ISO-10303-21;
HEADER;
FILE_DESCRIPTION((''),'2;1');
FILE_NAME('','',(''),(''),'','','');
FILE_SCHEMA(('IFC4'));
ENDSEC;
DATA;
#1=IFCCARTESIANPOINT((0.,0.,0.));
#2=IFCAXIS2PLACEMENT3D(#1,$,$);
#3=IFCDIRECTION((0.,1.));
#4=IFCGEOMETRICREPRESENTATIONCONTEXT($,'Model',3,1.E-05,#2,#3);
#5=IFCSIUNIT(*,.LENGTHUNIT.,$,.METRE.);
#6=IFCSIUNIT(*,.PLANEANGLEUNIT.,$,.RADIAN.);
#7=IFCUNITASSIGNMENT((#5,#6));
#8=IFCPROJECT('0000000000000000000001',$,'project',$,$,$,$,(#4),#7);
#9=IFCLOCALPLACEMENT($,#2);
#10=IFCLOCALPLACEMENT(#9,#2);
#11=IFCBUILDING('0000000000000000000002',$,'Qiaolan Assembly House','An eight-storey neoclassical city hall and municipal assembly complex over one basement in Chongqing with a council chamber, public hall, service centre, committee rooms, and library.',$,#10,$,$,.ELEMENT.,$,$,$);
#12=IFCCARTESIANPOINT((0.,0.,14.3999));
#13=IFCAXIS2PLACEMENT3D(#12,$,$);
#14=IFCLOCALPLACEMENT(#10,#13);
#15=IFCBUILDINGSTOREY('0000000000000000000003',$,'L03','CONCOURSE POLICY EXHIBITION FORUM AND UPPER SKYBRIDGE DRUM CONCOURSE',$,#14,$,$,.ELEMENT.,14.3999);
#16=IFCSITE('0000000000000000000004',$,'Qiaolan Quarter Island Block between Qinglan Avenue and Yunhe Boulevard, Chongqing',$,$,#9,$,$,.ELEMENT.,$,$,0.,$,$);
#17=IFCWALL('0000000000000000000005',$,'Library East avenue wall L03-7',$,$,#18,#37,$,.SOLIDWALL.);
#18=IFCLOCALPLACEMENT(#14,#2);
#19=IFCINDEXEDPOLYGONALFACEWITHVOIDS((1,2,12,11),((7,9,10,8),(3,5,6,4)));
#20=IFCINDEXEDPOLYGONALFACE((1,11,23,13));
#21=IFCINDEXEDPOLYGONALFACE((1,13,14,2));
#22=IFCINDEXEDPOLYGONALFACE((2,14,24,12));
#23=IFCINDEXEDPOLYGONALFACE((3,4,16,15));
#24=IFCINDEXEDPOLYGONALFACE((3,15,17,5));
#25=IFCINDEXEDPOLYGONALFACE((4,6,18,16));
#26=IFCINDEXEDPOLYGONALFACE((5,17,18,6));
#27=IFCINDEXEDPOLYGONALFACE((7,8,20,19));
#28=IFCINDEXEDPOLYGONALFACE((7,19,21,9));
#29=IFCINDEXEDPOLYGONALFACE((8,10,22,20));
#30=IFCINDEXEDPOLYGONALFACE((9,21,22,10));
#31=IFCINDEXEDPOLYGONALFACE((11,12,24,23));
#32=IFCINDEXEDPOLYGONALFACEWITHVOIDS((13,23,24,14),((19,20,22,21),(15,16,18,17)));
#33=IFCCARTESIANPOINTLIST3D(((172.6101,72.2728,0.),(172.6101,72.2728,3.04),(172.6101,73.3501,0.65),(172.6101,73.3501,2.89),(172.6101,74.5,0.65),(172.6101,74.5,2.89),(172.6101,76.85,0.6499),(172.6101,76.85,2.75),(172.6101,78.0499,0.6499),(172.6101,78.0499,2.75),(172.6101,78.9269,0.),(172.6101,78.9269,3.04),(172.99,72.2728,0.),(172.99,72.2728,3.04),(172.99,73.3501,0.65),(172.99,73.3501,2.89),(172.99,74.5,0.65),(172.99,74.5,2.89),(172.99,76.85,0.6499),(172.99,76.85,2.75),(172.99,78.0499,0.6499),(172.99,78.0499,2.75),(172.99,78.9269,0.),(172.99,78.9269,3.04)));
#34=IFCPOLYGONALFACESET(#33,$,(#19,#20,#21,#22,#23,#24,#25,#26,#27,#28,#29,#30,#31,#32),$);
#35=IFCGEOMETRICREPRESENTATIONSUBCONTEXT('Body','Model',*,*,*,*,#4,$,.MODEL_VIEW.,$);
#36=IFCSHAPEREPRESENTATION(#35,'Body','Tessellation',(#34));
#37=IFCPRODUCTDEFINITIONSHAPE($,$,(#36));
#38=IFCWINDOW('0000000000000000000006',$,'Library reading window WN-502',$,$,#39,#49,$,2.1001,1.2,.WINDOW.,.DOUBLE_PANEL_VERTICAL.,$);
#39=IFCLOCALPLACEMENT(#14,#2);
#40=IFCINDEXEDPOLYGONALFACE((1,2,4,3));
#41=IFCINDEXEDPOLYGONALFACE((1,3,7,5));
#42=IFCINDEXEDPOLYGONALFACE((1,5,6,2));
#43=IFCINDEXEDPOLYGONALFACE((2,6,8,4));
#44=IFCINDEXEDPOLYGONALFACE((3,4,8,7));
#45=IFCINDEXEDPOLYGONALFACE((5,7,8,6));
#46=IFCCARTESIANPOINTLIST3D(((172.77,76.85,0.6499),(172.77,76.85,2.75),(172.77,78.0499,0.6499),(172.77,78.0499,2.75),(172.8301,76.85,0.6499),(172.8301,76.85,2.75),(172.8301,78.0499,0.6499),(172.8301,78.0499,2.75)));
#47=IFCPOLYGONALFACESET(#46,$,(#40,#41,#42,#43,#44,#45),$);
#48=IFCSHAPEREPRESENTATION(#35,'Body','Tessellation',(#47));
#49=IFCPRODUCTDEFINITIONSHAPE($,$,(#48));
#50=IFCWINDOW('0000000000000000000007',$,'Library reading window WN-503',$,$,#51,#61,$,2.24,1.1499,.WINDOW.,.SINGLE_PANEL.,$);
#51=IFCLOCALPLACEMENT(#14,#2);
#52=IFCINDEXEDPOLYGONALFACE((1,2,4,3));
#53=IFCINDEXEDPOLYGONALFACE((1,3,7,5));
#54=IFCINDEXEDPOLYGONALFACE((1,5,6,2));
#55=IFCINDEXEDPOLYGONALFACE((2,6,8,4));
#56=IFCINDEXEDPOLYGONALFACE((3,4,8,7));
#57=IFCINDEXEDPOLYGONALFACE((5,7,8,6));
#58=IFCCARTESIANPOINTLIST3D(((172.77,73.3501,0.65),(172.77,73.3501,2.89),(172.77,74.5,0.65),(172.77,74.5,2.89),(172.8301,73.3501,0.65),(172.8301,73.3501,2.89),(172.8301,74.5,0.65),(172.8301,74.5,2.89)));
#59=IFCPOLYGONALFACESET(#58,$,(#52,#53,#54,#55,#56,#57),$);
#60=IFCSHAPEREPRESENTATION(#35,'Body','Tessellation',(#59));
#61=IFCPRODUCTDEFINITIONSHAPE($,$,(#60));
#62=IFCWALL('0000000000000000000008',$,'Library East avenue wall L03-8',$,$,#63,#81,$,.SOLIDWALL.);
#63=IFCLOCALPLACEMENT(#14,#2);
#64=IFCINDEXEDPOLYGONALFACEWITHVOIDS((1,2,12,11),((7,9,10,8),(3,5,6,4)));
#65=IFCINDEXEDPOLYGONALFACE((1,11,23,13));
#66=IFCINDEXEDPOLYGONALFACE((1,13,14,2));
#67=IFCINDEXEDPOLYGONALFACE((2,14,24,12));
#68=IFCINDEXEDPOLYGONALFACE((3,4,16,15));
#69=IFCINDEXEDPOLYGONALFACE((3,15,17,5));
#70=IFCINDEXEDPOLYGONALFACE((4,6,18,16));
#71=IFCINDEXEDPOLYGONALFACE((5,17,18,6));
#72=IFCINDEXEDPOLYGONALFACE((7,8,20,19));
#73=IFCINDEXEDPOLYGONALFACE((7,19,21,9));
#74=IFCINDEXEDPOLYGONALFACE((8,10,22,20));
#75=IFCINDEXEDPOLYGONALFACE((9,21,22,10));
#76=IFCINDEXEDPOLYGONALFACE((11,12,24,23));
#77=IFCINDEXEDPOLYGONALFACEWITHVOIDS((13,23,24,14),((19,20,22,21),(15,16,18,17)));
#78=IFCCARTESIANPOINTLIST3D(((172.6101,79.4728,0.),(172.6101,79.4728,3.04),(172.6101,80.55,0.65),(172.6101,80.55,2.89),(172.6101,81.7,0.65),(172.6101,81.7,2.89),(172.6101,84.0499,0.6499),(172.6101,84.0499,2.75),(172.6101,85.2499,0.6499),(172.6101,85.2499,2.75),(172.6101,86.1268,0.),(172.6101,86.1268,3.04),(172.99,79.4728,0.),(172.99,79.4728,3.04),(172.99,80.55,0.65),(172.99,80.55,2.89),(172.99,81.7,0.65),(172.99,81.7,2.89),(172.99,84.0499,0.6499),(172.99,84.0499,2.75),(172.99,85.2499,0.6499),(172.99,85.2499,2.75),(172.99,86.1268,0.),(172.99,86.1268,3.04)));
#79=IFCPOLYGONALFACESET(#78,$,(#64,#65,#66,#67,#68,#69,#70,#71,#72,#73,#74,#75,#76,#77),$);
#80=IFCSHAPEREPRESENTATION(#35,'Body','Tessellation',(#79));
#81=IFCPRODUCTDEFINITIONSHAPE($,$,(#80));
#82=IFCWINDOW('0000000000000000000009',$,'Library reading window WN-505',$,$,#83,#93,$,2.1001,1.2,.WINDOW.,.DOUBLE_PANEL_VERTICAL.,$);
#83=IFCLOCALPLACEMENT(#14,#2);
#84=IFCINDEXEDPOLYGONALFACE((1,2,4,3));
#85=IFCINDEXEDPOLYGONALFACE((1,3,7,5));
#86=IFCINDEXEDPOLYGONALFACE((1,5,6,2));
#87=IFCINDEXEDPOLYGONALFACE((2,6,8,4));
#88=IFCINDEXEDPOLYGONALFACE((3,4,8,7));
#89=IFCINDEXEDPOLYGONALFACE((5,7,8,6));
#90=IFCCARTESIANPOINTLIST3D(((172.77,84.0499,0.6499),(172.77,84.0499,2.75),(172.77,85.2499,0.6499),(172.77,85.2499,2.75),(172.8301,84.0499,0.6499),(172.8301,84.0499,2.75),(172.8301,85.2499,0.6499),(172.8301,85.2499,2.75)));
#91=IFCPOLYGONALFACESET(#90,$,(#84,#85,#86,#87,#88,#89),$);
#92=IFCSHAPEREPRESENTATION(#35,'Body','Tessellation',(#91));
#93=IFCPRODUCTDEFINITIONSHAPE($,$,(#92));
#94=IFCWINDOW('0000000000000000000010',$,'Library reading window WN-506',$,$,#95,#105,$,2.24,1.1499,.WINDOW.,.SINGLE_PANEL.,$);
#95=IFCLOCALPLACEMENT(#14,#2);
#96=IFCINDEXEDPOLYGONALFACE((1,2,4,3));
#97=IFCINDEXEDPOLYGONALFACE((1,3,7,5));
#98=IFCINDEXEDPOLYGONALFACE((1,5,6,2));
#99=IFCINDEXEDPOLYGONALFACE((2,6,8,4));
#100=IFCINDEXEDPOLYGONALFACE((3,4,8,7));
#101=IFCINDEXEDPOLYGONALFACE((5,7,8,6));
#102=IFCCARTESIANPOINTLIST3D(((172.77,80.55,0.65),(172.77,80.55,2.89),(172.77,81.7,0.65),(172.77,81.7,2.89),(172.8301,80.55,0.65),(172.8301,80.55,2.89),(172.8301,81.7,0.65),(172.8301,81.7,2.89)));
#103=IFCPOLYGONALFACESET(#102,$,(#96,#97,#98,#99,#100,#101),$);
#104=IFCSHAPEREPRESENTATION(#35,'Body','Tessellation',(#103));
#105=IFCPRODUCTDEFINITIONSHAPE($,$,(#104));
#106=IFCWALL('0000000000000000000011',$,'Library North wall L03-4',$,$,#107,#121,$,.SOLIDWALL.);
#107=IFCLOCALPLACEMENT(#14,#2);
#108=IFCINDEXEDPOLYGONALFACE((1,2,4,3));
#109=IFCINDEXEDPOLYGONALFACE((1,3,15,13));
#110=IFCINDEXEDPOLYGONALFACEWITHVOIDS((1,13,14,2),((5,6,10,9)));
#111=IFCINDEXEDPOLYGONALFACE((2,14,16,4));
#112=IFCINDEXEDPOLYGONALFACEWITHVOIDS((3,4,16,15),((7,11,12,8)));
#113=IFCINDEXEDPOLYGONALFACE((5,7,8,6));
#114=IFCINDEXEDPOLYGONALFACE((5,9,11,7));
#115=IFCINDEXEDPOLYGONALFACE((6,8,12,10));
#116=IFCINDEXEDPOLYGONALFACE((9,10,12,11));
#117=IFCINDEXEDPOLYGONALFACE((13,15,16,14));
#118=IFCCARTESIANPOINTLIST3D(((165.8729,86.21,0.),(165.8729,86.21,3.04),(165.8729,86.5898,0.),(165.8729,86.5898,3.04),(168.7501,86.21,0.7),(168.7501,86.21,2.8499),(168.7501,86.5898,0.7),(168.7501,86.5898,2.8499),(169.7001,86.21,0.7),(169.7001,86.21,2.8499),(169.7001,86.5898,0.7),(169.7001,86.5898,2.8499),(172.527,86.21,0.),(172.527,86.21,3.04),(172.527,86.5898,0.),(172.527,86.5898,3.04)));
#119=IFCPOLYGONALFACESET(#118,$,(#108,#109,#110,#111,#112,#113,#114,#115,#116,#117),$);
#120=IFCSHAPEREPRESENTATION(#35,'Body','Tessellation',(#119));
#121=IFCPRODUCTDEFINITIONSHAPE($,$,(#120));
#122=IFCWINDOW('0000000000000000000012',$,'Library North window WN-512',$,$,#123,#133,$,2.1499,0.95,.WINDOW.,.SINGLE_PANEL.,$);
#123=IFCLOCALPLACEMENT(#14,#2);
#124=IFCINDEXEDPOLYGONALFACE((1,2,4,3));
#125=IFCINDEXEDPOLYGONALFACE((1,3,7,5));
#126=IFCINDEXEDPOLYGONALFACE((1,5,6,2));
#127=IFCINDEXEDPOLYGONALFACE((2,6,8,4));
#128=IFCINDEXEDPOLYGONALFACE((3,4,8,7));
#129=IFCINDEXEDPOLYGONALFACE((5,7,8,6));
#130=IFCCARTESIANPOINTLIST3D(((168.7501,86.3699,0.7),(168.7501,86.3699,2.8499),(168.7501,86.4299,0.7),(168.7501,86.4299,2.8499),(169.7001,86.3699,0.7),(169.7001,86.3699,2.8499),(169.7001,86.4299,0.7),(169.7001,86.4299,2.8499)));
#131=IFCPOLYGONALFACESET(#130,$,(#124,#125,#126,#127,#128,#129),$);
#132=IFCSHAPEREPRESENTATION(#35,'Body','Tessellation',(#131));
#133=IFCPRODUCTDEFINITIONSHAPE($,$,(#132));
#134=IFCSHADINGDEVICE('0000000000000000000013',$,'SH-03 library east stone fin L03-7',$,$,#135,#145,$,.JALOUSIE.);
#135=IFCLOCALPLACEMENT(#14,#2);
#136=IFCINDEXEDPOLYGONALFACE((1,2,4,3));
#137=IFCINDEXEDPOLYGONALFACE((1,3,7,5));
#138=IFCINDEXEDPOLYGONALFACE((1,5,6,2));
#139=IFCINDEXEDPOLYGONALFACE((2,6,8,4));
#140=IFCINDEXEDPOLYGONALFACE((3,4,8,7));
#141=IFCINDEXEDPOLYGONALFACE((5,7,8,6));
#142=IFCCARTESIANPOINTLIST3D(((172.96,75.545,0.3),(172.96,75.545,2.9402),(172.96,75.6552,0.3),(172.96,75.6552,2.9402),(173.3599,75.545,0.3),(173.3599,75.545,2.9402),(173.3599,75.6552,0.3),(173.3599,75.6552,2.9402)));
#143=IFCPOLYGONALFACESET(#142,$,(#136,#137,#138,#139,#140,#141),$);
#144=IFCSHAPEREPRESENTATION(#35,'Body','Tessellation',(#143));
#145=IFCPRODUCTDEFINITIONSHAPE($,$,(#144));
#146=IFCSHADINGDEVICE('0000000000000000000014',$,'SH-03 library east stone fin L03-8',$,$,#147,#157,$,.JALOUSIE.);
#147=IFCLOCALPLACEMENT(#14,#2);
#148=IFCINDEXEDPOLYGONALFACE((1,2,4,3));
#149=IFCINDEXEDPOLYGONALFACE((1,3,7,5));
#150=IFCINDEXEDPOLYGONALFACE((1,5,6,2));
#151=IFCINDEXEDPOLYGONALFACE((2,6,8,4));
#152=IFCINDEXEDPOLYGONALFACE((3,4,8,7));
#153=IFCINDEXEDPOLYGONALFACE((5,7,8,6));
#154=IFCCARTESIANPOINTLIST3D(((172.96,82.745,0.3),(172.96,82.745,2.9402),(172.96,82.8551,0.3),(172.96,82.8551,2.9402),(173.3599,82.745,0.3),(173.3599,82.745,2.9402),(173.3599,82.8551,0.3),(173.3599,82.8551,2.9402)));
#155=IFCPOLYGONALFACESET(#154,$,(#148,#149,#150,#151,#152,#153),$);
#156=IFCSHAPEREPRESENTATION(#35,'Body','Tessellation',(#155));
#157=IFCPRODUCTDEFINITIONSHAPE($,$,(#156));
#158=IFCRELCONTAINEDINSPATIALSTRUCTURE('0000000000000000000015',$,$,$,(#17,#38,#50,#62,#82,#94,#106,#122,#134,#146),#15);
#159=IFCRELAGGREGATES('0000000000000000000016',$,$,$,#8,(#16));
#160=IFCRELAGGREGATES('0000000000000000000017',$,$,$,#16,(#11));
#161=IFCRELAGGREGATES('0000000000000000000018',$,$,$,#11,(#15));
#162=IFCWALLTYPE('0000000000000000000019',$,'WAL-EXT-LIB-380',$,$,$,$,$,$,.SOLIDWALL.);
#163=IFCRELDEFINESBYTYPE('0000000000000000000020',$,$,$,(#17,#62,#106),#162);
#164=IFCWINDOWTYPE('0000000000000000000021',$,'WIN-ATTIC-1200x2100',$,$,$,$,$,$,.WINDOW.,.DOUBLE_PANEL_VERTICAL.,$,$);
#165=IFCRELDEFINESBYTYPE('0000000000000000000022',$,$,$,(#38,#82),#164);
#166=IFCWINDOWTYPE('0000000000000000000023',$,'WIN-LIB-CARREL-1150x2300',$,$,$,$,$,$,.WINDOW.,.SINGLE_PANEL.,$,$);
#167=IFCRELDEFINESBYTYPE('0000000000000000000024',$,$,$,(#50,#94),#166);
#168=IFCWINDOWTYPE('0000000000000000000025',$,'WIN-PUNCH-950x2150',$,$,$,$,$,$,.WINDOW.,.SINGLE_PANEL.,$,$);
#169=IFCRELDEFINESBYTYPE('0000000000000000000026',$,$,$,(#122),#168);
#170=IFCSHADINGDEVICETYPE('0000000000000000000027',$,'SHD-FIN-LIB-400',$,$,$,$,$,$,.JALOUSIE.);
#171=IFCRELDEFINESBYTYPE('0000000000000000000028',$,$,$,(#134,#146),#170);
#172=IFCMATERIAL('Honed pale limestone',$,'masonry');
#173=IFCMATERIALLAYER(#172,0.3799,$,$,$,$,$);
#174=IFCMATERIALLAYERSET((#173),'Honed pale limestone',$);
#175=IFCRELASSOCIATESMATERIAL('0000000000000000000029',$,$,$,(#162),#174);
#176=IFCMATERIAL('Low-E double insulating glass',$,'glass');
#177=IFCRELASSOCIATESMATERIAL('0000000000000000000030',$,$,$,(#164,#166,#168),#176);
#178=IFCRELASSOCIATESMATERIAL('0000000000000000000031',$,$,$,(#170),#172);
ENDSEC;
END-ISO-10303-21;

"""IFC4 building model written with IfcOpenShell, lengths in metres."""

from ifc_helpers import new_model, si_unit, direction, frame, frame_2d, origin, origin_2d, place, context, subcontext, project, spatial, rectangle, extrude, material, layer, layer_set, material_profile, profile_set, type_object, element, fill, save


model = new_model("IFC4")

# Units and contexts
model_context = context("Model", 3, precision=1e-05, world=origin(), true_north=direction((0.0, 1.0)))
body_context = subcontext(model_context, "Body", "Model", "MODEL_VIEW")
ifc_project = project(units=[si_unit("LENGTHUNIT", "METRE"), si_unit("PLANEANGLEUNIT", "RADIAN")], contexts=[model_context])

# Site, building, storey
site_placement = place(None, origin())
site = spatial("IfcSite", under=ifc_project, at=site_placement, Name="Qiaolan Quarter Island Block between Qinglan Avenue and Yunhe Boulevard, Chongqing", CompositionType="ELEMENT", RefElevation=0.0)
building_placement = place(site_placement, origin())
building = spatial("IfcBuilding", under=site, at=building_placement, Name="Qiaolan Assembly House", Description="An eight-storey neoclassical city hall and municipal assembly complex over one basement in Chongqing with a council chamber, public hall, service centre, committee rooms, and library.", CompositionType="ELEMENT")
storey_placement = place(building_placement, frame((0.0, 0.0, 14.3999)))
storey = spatial("IfcBuildingStorey", under=building, at=storey_placement, Name="L03", Description="CONCOURSE POLICY EXHIBITION FORUM AND UPPER SKYBRIDGE DRUM CONCOURSE", CompositionType="ELEMENT", Elevation=14.3999)

# Walls, openings, windows
ifc_material_1 = material(Name="Honed pale limestone", Category="masonry")
ifc_layer = layer(ifc_material_1, 0.3799)
ifc_layer_set = layer_set([ifc_layer], Name="Honed pale limestone")
wall_type = type_object("IfcWallType", Name="WAL-EXT-LIB-380", PredefinedType="SOLIDWALL", material=ifc_layer_set)
wall_1_placement = place(storey_placement, frame((172.8, 78.927, 0.0), z_axis=(0.0, 0.0, 1.0), x_axis=(0.0, -1.0, 0.0)))
wall_1 = element("IfcWall", 1, at=wall_1_placement, inside=storey, type_object=wall_type, Name="Library East avenue wall L03-7", PredefinedType="SOLIDWALL", context=body_context, shape_type="SweptSolid", body=[
    extrude(rectangle(XDim=6.6541, YDim=0.3799, at=frame_2d((3.3271, 0.0))), origin(), (0.0, 0.0, 1.0), 3.04),
])
opening_1_placement = place(wall_1_placement, frame((0.877, 0.0, 0.6499)))
opening_1 = element("IfcOpeningElement", 2, at=opening_1_placement, cuts=wall_1, PredefinedType="OPENING", context=body_context, shape_type="SweptSolid", body=[
    extrude(rectangle(XDim=1.2, YDim=2.1001, at=frame_2d((0.6001, 1.05))), frame((0.0, 0.2, 0.0), z_axis=(0.0, -1.0, 0.0), x_axis=(1.0, 0.0, 0.0)), (0.0, 0.0, 1.0), 0.3999),
])
opening_2_placement = place(wall_1_placement, frame((4.427, 0.0, 0.6499)))
opening_2 = element("IfcOpeningElement", 3, at=opening_2_placement, cuts=wall_1, PredefinedType="OPENING", context=body_context, shape_type="SweptSolid", body=[
    extrude(rectangle(XDim=1.1499, YDim=2.24, at=frame_2d((0.575, 1.1201))), frame((0.0, 0.2, 0.0), z_axis=(0.0, -1.0, 0.0), x_axis=(1.0, 0.0, 0.0)), (0.0, 0.0, 1.0), 0.3999),
])
ifc_material_2 = material(Name="Low-E double insulating glass", Category="glass")
window_type_1 = type_object("IfcWindowType", Name="WIN-ATTIC-1200x2100", PartitioningType="DOUBLE_PANEL_VERTICAL", PredefinedType="WINDOW", material=ifc_material_2)
window_1_placement = place(opening_1_placement, origin())
window_1 = element("IfcWindow", 4, at=window_1_placement, inside=storey, type_object=window_type_1, Name="Library reading window WN-502", OverallHeight=2.1001, OverallWidth=1.2, PartitioningType="DOUBLE_PANEL_VERTICAL", PredefinedType="WINDOW", context=body_context, shape_type="SweptSolid", body=[
    extrude(rectangle(XDim=1.2, YDim=2.1001, at=frame_2d((0.6001, 1.05))), frame((0.0, 0.03, 0.0), z_axis=(0.0, -1.0, 0.0), x_axis=(1.0, 0.0, 0.0)), (0.0, 0.0, 1.0), 0.0601),
])
fill(opening_1, window_1)
window_type_2 = type_object("IfcWindowType", Name="WIN-LIB-CARREL-1150x2300", PartitioningType="SINGLE_PANEL", PredefinedType="WINDOW", material=ifc_material_2)
window_2_placement = place(opening_2_placement, origin())
window_2 = element("IfcWindow", 5, at=window_2_placement, inside=storey, type_object=window_type_2, Name="Library reading window WN-503", OverallHeight=2.24, OverallWidth=1.1499, PartitioningType="SINGLE_PANEL", PredefinedType="WINDOW", context=body_context, shape_type="SweptSolid", body=[
    extrude(rectangle(XDim=1.1499, YDim=2.24, at=frame_2d((0.575, 1.1201))), frame((0.0, 0.03, 0.0), z_axis=(0.0, -1.0, 0.0), x_axis=(1.0, 0.0, 0.0)), (0.0, 0.0, 1.0), 0.0601),
])
fill(opening_2, window_2)
wall_2_placement = place(storey_placement, frame((172.8, 86.127, 0.0), z_axis=(0.0, 0.0, 1.0), x_axis=(0.0, -1.0, 0.0)))
wall_2 = element("IfcWall", 6, at=wall_2_placement, inside=storey, type_object=wall_type, Name="Library East avenue wall L03-8", PredefinedType="SOLIDWALL", context=body_context, shape_type="SweptSolid", body=[
    extrude(rectangle(XDim=6.6541, YDim=0.3799, at=frame_2d((3.3271, 0.0))), origin(), (0.0, 0.0, 1.0), 3.04),
])
opening_3_placement = place(wall_2_placement, frame((0.877, 0.0, 0.6499)))
opening_3 = element("IfcOpeningElement", 7, at=opening_3_placement, cuts=wall_2, PredefinedType="OPENING", context=body_context, shape_type="SweptSolid", body=[
    extrude(rectangle(XDim=1.2, YDim=2.1001, at=frame_2d((0.6001, 1.05))), frame((0.0, 0.2, 0.0), z_axis=(0.0, -1.0, 0.0), x_axis=(1.0, 0.0, 0.0)), (0.0, 0.0, 1.0), 0.3999),
])
opening_4_placement = place(wall_2_placement, frame((4.427, 0.0, 0.6499)))
opening_4 = element("IfcOpeningElement", 8, at=opening_4_placement, cuts=wall_2, PredefinedType="OPENING", context=body_context, shape_type="SweptSolid", body=[
    extrude(rectangle(XDim=1.1499, YDim=2.24, at=frame_2d((0.575, 1.1201))), frame((0.0, 0.2, 0.0), z_axis=(0.0, -1.0, 0.0), x_axis=(1.0, 0.0, 0.0)), (0.0, 0.0, 1.0), 0.3999),
])
window_3_placement = place(opening_3_placement, origin())
window_3 = element("IfcWindow", 9, at=window_3_placement, inside=storey, type_object=window_type_1, Name="Library reading window WN-505", OverallHeight=2.1001, OverallWidth=1.2, PartitioningType="DOUBLE_PANEL_VERTICAL", PredefinedType="WINDOW", context=body_context, shape_type="SweptSolid", body=[
    extrude(rectangle(XDim=1.2, YDim=2.1001, at=frame_2d((0.6001, 1.05))), frame((0.0, 0.03, 0.0), z_axis=(0.0, -1.0, 0.0), x_axis=(1.0, 0.0, 0.0)), (0.0, 0.0, 1.0), 0.0601),
])
fill(opening_3, window_3)
window_4_placement = place(opening_4_placement, origin())
window_4 = element("IfcWindow", 10, at=window_4_placement, inside=storey, type_object=window_type_2, Name="Library reading window WN-506", OverallHeight=2.24, OverallWidth=1.1499, PartitioningType="SINGLE_PANEL", PredefinedType="WINDOW", context=body_context, shape_type="SweptSolid", body=[
    extrude(rectangle(XDim=1.1499, YDim=2.24, at=frame_2d((0.575, 1.1201))), frame((0.0, 0.03, 0.0), z_axis=(0.0, -1.0, 0.0), x_axis=(1.0, 0.0, 0.0)), (0.0, 0.0, 1.0), 0.0601),
])
fill(opening_4, window_4)

# Wall, opening, window
wall_3_placement = place(storey_placement, frame((172.5271, 86.3999, 0.0), z_axis=(0.0, 0.0, 1.0), x_axis=(-1.0, 0.0, 0.0)))
wall_3 = element("IfcWall", 11, at=wall_3_placement, inside=storey, type_object=wall_type, Name="Library North wall L03-4", PredefinedType="SOLIDWALL", context=body_context, shape_type="SweptSolid", body=[
    extrude(rectangle(XDim=6.6541, YDim=0.3799, at=frame_2d((3.3271, 0.0))), origin(), (0.0, 0.0, 1.0), 3.04),
])
opening_5_placement = place(wall_3_placement, frame((2.8269, 0.0, 0.7)))
opening_5 = element("IfcOpeningElement", 12, at=opening_5_placement, cuts=wall_3, PredefinedType="OPENING", context=body_context, shape_type="SweptSolid", body=[
    extrude(rectangle(XDim=0.95, YDim=2.1499, at=frame_2d((0.4751, 1.075))), frame((0.0, 0.2, 0.0), z_axis=(0.0, -1.0, 0.0), x_axis=(1.0, 0.0, 0.0)), (0.0, 0.0, 1.0), 0.3999),
])
window_type_3 = type_object("IfcWindowType", Name="WIN-PUNCH-950x2150", PartitioningType="SINGLE_PANEL", PredefinedType="WINDOW", material=ifc_material_2)
window_5_placement = place(opening_5_placement, origin())
window_5 = element("IfcWindow", 13, at=window_5_placement, inside=storey, type_object=window_type_3, Name="Library North window WN-512", OverallHeight=2.1499, OverallWidth=0.95, PartitioningType="SINGLE_PANEL", PredefinedType="WINDOW", context=body_context, shape_type="SweptSolid", body=[
    extrude(rectangle(XDim=0.95, YDim=2.1499, at=frame_2d((0.4751, 1.075))), frame((0.0, 0.03, 0.0), z_axis=(0.0, -1.0, 0.0), x_axis=(1.0, 0.0, 0.0)), (0.0, 0.0, 1.0), 0.0601),
])
fill(opening_5, window_5)

# Shading devices
ifc_material_profile_1 = material_profile(ifc_material_1, rectangle(XDim=0.1101, YDim=0.3999, at=origin_2d()), Name="FIN 110x400")
ifc_profile_set_1 = profile_set([ifc_material_profile_1], Name="Honed pale limestone")
shading_device_type = type_object("IfcShadingDeviceType", Name="SHD-FIN-LIB-400", PredefinedType="JALOUSIE", material=ifc_profile_set_1)
for number, where, z_axis, x_axis, name in (
    (14, (173.1599, 75.6001, 0.3), (0.0, 0.0, 1.0), (0.0, 1.0, 0.0), "SH-03 library east stone fin L03-7"),
    (15, (173.1599, 82.8, 0.3), (0.0, 0.0, 1.0), (0.0, 1.0, 0.0), "SH-03 library east stone fin L03-8"),
):
    element("IfcShadingDevice", number, at=place(storey_placement, frame(where, z_axis=z_axis, x_axis=x_axis)), inside=storey, type_object=shading_device_type, Name=name, PredefinedType="JALOUSIE", context=body_context, shape_type="SweptSolid", body=[
        extrude(rectangle(XDim=0.1101, YDim=0.3999, at=origin_2d()), origin(), (0.0, 0.0, 1.0), 2.6401),
    ])

save(model, "model.ifc")
